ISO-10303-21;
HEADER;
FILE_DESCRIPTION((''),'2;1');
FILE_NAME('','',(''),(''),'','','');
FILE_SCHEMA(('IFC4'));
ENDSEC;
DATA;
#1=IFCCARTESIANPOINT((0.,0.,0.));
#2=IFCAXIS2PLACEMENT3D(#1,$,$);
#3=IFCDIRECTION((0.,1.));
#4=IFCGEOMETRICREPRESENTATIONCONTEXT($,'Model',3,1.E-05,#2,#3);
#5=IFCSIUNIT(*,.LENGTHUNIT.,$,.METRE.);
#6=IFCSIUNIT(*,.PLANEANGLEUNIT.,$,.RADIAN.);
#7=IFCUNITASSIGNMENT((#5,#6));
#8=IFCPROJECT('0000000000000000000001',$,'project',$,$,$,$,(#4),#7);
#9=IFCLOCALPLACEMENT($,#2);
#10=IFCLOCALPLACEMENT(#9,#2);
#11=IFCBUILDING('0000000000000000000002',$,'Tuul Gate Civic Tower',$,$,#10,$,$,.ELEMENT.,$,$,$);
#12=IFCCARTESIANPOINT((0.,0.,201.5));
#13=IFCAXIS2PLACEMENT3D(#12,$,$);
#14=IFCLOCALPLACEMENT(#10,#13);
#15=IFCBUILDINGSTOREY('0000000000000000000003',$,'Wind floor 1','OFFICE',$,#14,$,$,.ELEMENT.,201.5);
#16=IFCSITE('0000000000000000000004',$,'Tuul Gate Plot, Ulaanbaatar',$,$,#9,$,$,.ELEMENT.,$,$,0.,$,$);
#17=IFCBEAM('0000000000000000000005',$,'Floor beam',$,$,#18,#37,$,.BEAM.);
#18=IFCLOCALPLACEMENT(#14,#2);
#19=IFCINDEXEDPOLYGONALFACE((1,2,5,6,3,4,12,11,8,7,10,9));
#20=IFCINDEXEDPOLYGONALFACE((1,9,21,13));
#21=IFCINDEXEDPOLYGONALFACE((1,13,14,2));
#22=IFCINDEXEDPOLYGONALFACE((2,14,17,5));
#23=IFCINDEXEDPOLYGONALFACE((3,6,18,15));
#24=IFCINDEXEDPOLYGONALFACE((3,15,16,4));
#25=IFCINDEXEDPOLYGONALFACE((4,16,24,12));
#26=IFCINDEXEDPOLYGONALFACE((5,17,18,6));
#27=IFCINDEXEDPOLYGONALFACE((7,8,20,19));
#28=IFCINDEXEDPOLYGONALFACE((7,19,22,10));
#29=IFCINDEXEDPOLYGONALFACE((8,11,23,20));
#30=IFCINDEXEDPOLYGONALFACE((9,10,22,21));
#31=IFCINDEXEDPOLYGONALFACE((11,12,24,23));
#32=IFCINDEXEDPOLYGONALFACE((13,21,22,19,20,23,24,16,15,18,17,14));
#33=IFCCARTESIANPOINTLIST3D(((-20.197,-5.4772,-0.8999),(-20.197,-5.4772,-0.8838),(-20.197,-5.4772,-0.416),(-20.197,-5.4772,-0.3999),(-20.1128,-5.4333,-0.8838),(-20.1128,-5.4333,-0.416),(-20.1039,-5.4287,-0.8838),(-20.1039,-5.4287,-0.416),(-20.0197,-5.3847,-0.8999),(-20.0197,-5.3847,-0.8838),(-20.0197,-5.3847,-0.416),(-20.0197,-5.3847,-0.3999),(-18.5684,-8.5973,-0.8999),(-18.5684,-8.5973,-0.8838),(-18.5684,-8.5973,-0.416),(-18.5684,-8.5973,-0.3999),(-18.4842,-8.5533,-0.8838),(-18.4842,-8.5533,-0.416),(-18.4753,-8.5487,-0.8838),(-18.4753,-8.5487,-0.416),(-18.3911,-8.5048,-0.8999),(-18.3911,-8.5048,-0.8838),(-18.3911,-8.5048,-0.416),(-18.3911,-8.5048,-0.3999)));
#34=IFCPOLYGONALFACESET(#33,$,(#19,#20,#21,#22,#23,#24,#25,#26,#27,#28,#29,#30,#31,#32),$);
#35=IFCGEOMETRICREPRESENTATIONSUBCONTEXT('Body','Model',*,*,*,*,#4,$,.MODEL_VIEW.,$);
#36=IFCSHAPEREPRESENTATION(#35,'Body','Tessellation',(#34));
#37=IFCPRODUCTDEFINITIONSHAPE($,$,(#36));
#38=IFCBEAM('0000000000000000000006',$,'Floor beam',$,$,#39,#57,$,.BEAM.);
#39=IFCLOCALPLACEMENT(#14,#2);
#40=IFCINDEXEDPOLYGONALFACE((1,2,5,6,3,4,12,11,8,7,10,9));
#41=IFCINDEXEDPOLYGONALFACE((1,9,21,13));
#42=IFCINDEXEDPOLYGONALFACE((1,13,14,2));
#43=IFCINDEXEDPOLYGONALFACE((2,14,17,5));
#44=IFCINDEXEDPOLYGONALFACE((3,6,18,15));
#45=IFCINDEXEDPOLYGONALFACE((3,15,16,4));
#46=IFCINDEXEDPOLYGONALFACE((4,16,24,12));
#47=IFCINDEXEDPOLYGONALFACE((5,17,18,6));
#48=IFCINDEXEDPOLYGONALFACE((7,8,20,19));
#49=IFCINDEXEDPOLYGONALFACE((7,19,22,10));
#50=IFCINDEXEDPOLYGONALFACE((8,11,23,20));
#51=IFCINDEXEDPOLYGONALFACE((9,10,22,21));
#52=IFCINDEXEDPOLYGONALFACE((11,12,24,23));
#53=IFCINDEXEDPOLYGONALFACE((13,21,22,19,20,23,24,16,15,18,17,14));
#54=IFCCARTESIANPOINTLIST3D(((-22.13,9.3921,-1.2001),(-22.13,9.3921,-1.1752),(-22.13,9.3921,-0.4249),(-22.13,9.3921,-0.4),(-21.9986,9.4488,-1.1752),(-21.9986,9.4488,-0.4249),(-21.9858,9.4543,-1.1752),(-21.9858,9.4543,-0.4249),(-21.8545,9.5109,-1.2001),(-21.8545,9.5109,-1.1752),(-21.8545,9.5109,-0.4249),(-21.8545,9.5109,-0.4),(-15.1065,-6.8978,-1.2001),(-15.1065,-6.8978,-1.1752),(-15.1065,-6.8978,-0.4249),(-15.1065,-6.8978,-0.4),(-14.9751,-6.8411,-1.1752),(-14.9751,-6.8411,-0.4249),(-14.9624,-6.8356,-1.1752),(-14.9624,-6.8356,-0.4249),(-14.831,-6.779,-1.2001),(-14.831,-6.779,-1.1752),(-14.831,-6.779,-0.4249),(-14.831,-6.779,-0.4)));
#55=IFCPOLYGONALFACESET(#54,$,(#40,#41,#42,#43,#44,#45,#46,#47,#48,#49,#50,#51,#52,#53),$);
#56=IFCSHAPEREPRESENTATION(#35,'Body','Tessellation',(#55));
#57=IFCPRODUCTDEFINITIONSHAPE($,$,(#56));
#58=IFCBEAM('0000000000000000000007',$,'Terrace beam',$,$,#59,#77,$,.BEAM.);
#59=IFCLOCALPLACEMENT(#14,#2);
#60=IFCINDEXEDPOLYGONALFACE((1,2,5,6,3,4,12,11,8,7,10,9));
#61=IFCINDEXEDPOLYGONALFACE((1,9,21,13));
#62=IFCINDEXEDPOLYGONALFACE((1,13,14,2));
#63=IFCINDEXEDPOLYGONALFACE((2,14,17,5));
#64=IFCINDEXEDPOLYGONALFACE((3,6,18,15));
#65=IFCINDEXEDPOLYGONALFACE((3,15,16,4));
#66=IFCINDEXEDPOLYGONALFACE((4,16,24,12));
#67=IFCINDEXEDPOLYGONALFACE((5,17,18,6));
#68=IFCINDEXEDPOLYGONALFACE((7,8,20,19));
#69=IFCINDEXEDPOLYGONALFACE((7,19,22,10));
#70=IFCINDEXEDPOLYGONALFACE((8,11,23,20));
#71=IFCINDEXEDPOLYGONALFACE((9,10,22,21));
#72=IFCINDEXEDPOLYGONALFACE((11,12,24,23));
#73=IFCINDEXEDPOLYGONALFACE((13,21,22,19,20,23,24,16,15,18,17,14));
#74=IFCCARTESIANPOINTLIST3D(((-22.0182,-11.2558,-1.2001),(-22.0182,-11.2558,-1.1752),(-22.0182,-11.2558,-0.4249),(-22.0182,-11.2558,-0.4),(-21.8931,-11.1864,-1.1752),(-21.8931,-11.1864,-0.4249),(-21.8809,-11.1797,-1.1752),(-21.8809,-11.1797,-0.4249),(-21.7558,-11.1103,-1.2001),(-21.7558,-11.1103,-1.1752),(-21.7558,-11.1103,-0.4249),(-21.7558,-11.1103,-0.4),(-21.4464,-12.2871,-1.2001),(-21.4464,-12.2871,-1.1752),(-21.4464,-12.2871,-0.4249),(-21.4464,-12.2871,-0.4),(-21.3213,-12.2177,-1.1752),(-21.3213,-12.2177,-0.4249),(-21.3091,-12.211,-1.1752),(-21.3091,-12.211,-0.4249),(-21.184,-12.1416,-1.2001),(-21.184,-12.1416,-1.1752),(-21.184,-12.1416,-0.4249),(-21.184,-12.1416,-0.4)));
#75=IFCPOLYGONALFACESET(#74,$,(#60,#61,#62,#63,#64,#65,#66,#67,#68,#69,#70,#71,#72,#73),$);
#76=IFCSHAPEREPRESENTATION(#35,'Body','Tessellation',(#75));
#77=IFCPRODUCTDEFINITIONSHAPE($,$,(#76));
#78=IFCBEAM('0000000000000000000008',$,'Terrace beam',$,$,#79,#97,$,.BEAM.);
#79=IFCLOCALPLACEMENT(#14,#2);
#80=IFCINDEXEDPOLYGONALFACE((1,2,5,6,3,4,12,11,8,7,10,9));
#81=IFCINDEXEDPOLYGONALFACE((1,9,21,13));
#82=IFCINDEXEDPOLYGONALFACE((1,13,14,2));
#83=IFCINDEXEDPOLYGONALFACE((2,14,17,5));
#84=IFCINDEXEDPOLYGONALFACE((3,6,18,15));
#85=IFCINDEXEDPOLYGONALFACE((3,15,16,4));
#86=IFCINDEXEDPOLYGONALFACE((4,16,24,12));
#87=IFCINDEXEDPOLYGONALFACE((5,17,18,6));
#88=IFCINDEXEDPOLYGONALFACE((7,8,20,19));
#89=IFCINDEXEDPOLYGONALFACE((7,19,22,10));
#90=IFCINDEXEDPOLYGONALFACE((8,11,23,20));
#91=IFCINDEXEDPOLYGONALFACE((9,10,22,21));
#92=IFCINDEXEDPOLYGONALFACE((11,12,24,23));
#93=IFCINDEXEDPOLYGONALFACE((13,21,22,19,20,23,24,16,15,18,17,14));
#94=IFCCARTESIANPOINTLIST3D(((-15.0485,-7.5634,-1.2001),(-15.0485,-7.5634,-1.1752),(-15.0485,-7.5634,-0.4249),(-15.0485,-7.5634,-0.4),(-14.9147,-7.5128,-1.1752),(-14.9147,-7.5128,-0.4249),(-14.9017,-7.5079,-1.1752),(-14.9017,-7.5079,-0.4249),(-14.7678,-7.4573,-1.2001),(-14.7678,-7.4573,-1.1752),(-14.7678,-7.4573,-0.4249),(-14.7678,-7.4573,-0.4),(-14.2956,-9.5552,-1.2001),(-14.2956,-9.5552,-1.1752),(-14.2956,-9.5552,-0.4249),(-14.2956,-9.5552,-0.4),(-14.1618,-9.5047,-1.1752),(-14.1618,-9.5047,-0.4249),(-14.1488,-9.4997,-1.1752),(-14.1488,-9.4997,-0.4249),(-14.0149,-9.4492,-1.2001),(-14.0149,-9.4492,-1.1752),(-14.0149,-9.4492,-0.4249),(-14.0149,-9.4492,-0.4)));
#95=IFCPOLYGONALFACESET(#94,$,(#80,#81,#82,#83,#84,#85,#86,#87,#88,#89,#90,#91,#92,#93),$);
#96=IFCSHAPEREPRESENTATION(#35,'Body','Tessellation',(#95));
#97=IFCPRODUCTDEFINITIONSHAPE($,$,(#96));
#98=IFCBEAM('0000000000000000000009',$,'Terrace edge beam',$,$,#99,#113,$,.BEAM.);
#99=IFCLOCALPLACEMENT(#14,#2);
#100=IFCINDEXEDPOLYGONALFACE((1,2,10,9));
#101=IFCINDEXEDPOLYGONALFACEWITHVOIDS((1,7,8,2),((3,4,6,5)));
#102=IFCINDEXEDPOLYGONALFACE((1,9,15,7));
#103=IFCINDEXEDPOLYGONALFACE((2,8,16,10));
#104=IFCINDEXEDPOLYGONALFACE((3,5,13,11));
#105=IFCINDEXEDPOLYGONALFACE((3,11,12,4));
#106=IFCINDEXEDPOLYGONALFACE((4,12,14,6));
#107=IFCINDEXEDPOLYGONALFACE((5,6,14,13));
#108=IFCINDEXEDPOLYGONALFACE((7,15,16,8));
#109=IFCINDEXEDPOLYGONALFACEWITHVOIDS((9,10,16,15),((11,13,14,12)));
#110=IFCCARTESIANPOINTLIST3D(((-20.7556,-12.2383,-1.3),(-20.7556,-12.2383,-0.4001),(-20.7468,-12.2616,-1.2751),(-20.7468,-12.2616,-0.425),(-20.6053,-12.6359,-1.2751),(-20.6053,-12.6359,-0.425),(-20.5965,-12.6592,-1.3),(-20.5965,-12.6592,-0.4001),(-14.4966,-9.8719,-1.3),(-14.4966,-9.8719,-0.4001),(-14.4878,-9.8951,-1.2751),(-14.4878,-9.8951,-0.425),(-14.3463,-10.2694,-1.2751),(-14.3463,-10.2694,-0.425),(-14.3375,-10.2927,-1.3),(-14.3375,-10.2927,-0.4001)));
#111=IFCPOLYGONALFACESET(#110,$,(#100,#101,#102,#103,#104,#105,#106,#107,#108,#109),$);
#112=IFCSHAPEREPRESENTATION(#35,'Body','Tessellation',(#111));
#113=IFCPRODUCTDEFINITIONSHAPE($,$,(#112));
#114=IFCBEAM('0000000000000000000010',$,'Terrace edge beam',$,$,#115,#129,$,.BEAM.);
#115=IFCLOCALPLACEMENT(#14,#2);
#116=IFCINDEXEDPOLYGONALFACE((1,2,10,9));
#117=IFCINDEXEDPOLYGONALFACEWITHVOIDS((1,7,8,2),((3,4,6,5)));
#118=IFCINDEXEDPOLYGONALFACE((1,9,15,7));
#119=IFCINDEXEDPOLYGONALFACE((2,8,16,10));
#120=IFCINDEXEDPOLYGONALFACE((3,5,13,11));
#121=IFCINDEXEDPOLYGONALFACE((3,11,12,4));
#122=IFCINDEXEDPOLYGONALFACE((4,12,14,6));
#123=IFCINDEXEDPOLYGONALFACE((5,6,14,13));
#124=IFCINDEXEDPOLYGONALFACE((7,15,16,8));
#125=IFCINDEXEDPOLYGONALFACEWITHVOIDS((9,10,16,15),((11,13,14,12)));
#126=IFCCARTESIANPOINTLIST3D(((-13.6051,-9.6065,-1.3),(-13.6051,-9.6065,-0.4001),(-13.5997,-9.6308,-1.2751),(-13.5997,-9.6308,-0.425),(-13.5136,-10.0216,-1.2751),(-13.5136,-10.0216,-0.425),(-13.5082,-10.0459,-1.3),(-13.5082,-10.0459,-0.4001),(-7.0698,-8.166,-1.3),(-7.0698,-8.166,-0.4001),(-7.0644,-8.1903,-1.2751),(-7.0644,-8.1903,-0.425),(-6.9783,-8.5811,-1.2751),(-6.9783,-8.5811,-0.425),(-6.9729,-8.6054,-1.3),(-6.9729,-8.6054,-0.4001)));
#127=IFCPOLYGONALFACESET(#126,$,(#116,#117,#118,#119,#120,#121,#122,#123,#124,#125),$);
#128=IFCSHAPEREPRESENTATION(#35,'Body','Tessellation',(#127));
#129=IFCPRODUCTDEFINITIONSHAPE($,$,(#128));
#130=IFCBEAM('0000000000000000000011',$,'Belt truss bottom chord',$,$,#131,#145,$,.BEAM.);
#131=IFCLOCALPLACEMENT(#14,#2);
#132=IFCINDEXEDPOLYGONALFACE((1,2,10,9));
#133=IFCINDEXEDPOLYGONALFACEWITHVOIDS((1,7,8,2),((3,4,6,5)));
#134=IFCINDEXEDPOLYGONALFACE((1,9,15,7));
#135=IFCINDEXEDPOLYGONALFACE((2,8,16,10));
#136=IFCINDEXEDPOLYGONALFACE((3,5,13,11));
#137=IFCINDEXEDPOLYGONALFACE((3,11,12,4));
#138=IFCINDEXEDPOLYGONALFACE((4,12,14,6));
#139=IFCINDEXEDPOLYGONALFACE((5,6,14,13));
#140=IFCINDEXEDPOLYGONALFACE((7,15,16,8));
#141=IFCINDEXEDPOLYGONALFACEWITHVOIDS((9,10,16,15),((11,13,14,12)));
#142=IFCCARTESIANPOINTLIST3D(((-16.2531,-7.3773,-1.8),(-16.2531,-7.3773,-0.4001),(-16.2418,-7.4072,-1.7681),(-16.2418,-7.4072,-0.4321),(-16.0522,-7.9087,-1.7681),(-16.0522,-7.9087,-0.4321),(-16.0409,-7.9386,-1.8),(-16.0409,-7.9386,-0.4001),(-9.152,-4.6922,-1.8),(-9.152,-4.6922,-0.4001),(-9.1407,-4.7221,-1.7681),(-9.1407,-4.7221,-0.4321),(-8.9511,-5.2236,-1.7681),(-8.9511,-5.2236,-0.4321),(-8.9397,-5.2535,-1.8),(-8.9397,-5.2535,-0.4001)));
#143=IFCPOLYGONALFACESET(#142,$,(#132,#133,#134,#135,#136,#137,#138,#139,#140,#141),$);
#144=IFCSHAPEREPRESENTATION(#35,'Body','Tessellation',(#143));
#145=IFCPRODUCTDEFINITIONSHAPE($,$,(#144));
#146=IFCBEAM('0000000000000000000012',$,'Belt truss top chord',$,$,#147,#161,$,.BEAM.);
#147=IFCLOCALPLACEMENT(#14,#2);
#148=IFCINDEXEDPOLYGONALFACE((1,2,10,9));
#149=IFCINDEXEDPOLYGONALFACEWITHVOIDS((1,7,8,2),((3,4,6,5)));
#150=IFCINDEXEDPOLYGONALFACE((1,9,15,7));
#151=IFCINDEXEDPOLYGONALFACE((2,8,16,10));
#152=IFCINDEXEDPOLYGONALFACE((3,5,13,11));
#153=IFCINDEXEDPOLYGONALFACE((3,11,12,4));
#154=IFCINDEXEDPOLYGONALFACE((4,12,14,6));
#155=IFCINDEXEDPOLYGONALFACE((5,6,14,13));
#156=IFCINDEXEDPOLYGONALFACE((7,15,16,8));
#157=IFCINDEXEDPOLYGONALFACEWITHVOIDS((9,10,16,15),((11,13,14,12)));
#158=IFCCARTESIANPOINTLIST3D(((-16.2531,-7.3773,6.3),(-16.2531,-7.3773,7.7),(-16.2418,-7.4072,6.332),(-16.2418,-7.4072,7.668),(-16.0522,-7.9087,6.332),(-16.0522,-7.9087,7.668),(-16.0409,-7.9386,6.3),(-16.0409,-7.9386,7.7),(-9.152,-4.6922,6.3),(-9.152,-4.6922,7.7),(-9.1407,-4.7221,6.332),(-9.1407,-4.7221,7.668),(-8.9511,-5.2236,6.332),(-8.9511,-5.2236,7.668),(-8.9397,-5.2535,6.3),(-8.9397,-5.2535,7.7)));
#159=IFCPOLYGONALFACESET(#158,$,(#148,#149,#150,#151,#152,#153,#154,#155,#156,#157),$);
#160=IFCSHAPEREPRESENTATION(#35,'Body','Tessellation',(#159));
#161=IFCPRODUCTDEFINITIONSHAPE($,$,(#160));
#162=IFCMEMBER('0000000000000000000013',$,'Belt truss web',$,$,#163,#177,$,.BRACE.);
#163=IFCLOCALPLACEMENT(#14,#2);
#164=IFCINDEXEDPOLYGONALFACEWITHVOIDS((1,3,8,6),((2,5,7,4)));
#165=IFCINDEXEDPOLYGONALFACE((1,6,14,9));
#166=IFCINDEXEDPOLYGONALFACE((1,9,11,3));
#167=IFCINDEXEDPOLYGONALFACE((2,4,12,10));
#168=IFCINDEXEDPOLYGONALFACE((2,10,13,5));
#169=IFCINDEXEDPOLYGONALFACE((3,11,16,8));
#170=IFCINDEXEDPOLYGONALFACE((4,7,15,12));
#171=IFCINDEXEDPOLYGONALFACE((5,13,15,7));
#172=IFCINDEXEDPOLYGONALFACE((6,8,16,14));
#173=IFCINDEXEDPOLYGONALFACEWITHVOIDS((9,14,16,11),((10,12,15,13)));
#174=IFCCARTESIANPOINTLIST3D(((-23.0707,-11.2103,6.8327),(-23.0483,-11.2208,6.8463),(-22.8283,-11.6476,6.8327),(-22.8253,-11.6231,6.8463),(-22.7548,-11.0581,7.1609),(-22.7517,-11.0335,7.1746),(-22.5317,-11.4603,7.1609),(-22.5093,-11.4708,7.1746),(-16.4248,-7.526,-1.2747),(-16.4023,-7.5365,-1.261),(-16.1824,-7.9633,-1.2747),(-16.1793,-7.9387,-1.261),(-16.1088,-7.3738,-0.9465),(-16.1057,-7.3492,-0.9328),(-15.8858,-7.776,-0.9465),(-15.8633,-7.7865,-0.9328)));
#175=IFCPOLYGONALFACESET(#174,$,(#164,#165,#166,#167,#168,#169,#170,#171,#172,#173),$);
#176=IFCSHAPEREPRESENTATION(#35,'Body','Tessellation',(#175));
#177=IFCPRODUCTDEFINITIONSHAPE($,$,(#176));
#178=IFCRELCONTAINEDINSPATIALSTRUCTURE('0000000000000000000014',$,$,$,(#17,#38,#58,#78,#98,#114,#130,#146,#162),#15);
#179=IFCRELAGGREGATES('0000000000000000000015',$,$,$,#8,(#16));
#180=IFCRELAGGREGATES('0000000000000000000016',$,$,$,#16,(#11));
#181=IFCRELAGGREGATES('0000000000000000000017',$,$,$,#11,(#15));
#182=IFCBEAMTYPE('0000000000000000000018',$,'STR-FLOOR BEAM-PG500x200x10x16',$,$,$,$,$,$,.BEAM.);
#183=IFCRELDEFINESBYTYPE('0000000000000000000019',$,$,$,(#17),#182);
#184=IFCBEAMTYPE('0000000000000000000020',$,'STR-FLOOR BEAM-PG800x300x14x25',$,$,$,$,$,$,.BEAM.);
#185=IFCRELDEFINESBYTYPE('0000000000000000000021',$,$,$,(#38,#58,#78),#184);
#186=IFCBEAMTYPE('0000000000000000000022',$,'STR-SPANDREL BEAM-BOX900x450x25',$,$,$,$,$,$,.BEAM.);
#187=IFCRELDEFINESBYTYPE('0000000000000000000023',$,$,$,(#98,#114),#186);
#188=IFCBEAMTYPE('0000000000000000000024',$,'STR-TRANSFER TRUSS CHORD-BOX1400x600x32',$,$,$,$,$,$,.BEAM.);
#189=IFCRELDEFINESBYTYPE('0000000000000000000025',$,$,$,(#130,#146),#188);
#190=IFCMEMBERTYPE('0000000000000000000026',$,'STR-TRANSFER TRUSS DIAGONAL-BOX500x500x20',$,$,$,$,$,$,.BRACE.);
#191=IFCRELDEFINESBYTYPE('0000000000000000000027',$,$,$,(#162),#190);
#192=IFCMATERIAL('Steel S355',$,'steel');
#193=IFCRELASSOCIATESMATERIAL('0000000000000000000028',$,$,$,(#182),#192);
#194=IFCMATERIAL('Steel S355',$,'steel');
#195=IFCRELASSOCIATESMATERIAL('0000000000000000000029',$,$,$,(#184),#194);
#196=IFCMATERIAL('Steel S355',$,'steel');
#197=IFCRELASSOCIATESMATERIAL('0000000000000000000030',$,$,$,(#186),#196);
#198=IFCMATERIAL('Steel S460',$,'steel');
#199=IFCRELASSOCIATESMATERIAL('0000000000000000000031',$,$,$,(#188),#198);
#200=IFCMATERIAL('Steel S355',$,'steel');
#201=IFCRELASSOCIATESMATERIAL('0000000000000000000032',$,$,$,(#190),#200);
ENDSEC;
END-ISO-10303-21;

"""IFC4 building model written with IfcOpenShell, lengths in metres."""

from ifc_helpers import new_model, si_unit, direction, frame, origin, origin_2d, place, context, subcontext, project, spatial, hollow_rectangle, i_section, extrude, material, material_profile, profile_set, type_object, element, save


model = new_model("IFC4")

# Units and contexts
model_context = context("Model", 3, precision=1e-05, world=origin(), true_north=direction((0.0, 1.0)))
body_context = subcontext(model_context, "Body", "Model", "MODEL_VIEW")
ifc_project = project(units=[si_unit("LENGTHUNIT", "METRE"), si_unit("PLANEANGLEUNIT", "RADIAN")], contexts=[model_context])

# Site, building, storey
site_placement = place(None, origin())
site = spatial("IfcSite", under=ifc_project, at=site_placement, Name="Tuul Gate Plot, Ulaanbaatar", CompositionType="ELEMENT", RefElevation=0.0)
building_placement = place(site_placement, origin())
building = spatial("IfcBuilding", under=site, at=building_placement, Name="Tuul Gate Civic Tower", CompositionType="ELEMENT")
storey_placement = place(building_placement, frame((0.0, 0.0, 201.5)))
storey = spatial("IfcBuildingStorey", under=building, at=storey_placement, Name="Wind floor 1", Description="OFFICE", CompositionType="ELEMENT", Elevation=201.5)

# Beams
ifc_material_1 = material(Name="Steel S355", Category="steel")
ifc_material_profile_1 = material_profile(ifc_material_1, i_section(OverallWidth=0.2, OverallDepth=0.5, WebThickness=0.01, FlangeThickness=0.0161, at=origin_2d()), Name="PG500x200x10x16")
ifc_profile_set_1 = profile_set([ifc_material_profile_1], Name="Steel S355")
beam_type_1 = type_object("IfcBeamType", Name="STR-FLOOR BEAM-PG500x200x10x16", PredefinedType="BEAM", material=ifc_profile_set_1)
beam_1_placement = place(storey_placement, frame((-18.4797, -8.551, -0.6499), z_axis=(-0.462739, 0.886495, 0.0), x_axis=(-0.886495, -0.462739, 0.0)))
element("IfcBeam", 1, at=beam_1_placement, inside=storey, type_object=beam_type_1, Name="Floor beam", PredefinedType="BEAM", context=body_context, shape_type="SweptSolid", body=[
    extrude(i_section(OverallWidth=0.2, OverallDepth=0.5, WebThickness=0.01, FlangeThickness=0.0161, at=origin_2d()), origin(), (0.0, 0.0, 1.0), 3.5195),
])
ifc_material_2 = material(Name="Steel S355", Category="steel")
ifc_material_profile_2 = material_profile(ifc_material_2, i_section(OverallWidth=0.3, OverallDepth=0.8, WebThickness=0.0139, FlangeThickness=0.0249, at=origin_2d()), Name="PG800x300x14x25")
ifc_profile_set_2 = profile_set([ifc_material_profile_2], Name="Steel S355")
beam_type_2 = type_object("IfcBeamType", Name="STR-FLOOR BEAM-PG800x300x14x25", PredefinedType="BEAM", material=ifc_profile_set_2)
beam_2_placement = place(storey_placement, frame((-14.9688, -6.8384, -0.8), z_axis=(-0.395923, 0.918284, 0.0), x_axis=(-0.918284, -0.395923, 0.0)))
element("IfcBeam", 2, at=beam_2_placement, inside=storey, type_object=beam_type_2, Name="Floor beam", PredefinedType="BEAM", context=body_context, shape_type="SweptSolid", body=[
    extrude(i_section(OverallWidth=0.3, OverallDepth=0.8, WebThickness=0.0139, FlangeThickness=0.0249, at=origin_2d()), origin(), (0.0, 0.0, 1.0), 17.7395),
])
beam_3_placement = place(storey_placement, frame((-21.3152, -12.2144, -0.8), z_axis=(-0.484904, 0.874567, 0.0), x_axis=(-0.874567, -0.484904, 0.0)))
element("IfcBeam", 3, at=beam_3_placement, inside=storey, type_object=beam_type_2, Name="Terrace beam", PredefinedType="BEAM", context=body_context, shape_type="SweptSolid", body=[
    extrude(i_section(OverallWidth=0.3, OverallDepth=0.8, WebThickness=0.0139, FlangeThickness=0.0249, at=origin_2d()), origin(), (0.0, 0.0, 1.0), 1.1792),
])
beam_4_placement = place(storey_placement, frame((-14.1553, -9.5022, -0.8), z_axis=(-0.353572, 0.935407, 0.0), x_axis=(-0.935407, -0.353572, 0.0)))
element("IfcBeam", 4, at=beam_4_placement, inside=storey, type_object=beam_type_2, Name="Terrace beam", PredefinedType="BEAM", context=body_context, shape_type="SweptSolid", body=[
    extrude(i_section(OverallWidth=0.3, OverallDepth=0.8, WebThickness=0.0139, FlangeThickness=0.0249, at=origin_2d()), origin(), (0.0, 0.0, 1.0), 2.1294),
])
ifc_material_3 = material(Name="Steel S355", Category="steel")
ifc_material_profile_3 = material_profile(ifc_material_3, hollow_rectangle(XDim=0.45, YDim=0.8999, WallThickness=0.0249, at=origin_2d()), Name="BOX900x450x25")
ifc_profile_set_3 = profile_set([ifc_material_profile_3], Name="Steel S355")
beam_type_3 = type_object("IfcBeamType", Name="STR-SPANDREL BEAM-BOX900x450x25", PredefinedType="BEAM", material=ifc_profile_set_3)
beam_5_placement = place(storey_placement, frame((-20.676, -12.4487, -0.8501), z_axis=(0.935377, 0.353653, 0.0), x_axis=(-0.353653, 0.935377, 0.0)))
element("IfcBeam", 5, at=beam_5_placement, inside=storey, type_object=beam_type_3, Name="Terrace edge beam", PredefinedType="BEAM", context=body_context, shape_type="SweptSolid", body=[
    extrude(hollow_rectangle(XDim=0.45, YDim=0.8999, WallThickness=0.0249, at=origin_2d()), origin(), (0.0, 0.0, 1.0), 6.6914),
])
beam_6_placement = place(storey_placement, frame((-13.5566, -9.8262, -0.8501), z_axis=(0.97656, 0.215246, 0.0), x_axis=(-0.215246, 0.97656, 0.0)))
element("IfcBeam", 6, at=beam_6_placement, inside=storey, type_object=beam_type_3, Name="Terrace edge beam", PredefinedType="BEAM", context=body_context, shape_type="SweptSolid", body=[
    extrude(hollow_rectangle(XDim=0.45, YDim=0.8999, WallThickness=0.0249, at=origin_2d()), origin(), (0.0, 0.0, 1.0), 6.6921),
])
ifc_material_4 = material(Name="Steel S460", Category="steel")
ifc_material_profile_4 = material_profile(ifc_material_4, hollow_rectangle(XDim=0.6001, YDim=1.3999, WallThickness=0.032, at=origin_2d()), Name="BOX1400x600x32")
ifc_profile_set_4 = profile_set([ifc_material_profile_4], Name="Steel S460")
beam_type_4 = type_object("IfcBeamType", Name="STR-TRANSFER TRUSS CHORD-BOX1400x600x32", PredefinedType="BEAM", material=ifc_profile_set_4)
for number, where, z_axis, x_axis, name in (
    (7, (-16.147, -7.658, -1.1001), (0.935366, 0.353681, 0.0), (-0.353681, 0.935366, 0.0), "Belt truss bottom chord"),
    (8, (-16.147, -7.658, 7.0), (0.935366, 0.353681, 0.0), (-0.353681, 0.935366, 0.0), "Belt truss top chord"),
):
    element("IfcBeam", number, at=place(storey_placement, frame(where, z_axis=z_axis, x_axis=x_axis)), inside=storey, type_object=beam_type_4, Name=name, PredefinedType="BEAM", context=body_context, shape_type="SweptSolid", body=[
        extrude(hollow_rectangle(XDim=0.6001, YDim=1.3999, WallThickness=0.032, at=origin_2d()), origin(), (0.0, 0.0, 1.0), 7.5918),
    ])

# Member
ifc_material_5 = material(Name="Steel S355", Category="steel")
ifc_material_profile_5 = material_profile(ifc_material_5, hollow_rectangle(XDim=0.5, YDim=0.5, WallThickness=0.02, at=origin_2d()), Name="BOX500x500x20")
ifc_profile_set_5 = profile_set([ifc_material_profile_5], Name="Steel S355")
member_type_1 = type_object("IfcMemberType", Name="STR-TRANSFER TRUSS DIAGONAL-BOX500x500x20", PredefinedType="BRACE", material=ifc_profile_set_5)
member_1_placement = place(storey_placement, frame((-16.144, -7.6562, -1.1038), z_axis=(-0.598098, -0.331566, 0.729618), x_axis=(0.484849, -0.874598, 0.0)))
element("IfcMember", 9, at=member_1_placement, inside=storey, type_object=member_type_1, Name="Belt truss web", PredefinedType="BRACE", context=body_context, shape_type="SweptSolid", body=[
    extrude(hollow_rectangle(XDim=0.5, YDim=0.5, WallThickness=0.02, at=origin_2d()), origin(), (0.0, 0.0, 1.0), 11.1118),
])

save(model, "model.ifc")
